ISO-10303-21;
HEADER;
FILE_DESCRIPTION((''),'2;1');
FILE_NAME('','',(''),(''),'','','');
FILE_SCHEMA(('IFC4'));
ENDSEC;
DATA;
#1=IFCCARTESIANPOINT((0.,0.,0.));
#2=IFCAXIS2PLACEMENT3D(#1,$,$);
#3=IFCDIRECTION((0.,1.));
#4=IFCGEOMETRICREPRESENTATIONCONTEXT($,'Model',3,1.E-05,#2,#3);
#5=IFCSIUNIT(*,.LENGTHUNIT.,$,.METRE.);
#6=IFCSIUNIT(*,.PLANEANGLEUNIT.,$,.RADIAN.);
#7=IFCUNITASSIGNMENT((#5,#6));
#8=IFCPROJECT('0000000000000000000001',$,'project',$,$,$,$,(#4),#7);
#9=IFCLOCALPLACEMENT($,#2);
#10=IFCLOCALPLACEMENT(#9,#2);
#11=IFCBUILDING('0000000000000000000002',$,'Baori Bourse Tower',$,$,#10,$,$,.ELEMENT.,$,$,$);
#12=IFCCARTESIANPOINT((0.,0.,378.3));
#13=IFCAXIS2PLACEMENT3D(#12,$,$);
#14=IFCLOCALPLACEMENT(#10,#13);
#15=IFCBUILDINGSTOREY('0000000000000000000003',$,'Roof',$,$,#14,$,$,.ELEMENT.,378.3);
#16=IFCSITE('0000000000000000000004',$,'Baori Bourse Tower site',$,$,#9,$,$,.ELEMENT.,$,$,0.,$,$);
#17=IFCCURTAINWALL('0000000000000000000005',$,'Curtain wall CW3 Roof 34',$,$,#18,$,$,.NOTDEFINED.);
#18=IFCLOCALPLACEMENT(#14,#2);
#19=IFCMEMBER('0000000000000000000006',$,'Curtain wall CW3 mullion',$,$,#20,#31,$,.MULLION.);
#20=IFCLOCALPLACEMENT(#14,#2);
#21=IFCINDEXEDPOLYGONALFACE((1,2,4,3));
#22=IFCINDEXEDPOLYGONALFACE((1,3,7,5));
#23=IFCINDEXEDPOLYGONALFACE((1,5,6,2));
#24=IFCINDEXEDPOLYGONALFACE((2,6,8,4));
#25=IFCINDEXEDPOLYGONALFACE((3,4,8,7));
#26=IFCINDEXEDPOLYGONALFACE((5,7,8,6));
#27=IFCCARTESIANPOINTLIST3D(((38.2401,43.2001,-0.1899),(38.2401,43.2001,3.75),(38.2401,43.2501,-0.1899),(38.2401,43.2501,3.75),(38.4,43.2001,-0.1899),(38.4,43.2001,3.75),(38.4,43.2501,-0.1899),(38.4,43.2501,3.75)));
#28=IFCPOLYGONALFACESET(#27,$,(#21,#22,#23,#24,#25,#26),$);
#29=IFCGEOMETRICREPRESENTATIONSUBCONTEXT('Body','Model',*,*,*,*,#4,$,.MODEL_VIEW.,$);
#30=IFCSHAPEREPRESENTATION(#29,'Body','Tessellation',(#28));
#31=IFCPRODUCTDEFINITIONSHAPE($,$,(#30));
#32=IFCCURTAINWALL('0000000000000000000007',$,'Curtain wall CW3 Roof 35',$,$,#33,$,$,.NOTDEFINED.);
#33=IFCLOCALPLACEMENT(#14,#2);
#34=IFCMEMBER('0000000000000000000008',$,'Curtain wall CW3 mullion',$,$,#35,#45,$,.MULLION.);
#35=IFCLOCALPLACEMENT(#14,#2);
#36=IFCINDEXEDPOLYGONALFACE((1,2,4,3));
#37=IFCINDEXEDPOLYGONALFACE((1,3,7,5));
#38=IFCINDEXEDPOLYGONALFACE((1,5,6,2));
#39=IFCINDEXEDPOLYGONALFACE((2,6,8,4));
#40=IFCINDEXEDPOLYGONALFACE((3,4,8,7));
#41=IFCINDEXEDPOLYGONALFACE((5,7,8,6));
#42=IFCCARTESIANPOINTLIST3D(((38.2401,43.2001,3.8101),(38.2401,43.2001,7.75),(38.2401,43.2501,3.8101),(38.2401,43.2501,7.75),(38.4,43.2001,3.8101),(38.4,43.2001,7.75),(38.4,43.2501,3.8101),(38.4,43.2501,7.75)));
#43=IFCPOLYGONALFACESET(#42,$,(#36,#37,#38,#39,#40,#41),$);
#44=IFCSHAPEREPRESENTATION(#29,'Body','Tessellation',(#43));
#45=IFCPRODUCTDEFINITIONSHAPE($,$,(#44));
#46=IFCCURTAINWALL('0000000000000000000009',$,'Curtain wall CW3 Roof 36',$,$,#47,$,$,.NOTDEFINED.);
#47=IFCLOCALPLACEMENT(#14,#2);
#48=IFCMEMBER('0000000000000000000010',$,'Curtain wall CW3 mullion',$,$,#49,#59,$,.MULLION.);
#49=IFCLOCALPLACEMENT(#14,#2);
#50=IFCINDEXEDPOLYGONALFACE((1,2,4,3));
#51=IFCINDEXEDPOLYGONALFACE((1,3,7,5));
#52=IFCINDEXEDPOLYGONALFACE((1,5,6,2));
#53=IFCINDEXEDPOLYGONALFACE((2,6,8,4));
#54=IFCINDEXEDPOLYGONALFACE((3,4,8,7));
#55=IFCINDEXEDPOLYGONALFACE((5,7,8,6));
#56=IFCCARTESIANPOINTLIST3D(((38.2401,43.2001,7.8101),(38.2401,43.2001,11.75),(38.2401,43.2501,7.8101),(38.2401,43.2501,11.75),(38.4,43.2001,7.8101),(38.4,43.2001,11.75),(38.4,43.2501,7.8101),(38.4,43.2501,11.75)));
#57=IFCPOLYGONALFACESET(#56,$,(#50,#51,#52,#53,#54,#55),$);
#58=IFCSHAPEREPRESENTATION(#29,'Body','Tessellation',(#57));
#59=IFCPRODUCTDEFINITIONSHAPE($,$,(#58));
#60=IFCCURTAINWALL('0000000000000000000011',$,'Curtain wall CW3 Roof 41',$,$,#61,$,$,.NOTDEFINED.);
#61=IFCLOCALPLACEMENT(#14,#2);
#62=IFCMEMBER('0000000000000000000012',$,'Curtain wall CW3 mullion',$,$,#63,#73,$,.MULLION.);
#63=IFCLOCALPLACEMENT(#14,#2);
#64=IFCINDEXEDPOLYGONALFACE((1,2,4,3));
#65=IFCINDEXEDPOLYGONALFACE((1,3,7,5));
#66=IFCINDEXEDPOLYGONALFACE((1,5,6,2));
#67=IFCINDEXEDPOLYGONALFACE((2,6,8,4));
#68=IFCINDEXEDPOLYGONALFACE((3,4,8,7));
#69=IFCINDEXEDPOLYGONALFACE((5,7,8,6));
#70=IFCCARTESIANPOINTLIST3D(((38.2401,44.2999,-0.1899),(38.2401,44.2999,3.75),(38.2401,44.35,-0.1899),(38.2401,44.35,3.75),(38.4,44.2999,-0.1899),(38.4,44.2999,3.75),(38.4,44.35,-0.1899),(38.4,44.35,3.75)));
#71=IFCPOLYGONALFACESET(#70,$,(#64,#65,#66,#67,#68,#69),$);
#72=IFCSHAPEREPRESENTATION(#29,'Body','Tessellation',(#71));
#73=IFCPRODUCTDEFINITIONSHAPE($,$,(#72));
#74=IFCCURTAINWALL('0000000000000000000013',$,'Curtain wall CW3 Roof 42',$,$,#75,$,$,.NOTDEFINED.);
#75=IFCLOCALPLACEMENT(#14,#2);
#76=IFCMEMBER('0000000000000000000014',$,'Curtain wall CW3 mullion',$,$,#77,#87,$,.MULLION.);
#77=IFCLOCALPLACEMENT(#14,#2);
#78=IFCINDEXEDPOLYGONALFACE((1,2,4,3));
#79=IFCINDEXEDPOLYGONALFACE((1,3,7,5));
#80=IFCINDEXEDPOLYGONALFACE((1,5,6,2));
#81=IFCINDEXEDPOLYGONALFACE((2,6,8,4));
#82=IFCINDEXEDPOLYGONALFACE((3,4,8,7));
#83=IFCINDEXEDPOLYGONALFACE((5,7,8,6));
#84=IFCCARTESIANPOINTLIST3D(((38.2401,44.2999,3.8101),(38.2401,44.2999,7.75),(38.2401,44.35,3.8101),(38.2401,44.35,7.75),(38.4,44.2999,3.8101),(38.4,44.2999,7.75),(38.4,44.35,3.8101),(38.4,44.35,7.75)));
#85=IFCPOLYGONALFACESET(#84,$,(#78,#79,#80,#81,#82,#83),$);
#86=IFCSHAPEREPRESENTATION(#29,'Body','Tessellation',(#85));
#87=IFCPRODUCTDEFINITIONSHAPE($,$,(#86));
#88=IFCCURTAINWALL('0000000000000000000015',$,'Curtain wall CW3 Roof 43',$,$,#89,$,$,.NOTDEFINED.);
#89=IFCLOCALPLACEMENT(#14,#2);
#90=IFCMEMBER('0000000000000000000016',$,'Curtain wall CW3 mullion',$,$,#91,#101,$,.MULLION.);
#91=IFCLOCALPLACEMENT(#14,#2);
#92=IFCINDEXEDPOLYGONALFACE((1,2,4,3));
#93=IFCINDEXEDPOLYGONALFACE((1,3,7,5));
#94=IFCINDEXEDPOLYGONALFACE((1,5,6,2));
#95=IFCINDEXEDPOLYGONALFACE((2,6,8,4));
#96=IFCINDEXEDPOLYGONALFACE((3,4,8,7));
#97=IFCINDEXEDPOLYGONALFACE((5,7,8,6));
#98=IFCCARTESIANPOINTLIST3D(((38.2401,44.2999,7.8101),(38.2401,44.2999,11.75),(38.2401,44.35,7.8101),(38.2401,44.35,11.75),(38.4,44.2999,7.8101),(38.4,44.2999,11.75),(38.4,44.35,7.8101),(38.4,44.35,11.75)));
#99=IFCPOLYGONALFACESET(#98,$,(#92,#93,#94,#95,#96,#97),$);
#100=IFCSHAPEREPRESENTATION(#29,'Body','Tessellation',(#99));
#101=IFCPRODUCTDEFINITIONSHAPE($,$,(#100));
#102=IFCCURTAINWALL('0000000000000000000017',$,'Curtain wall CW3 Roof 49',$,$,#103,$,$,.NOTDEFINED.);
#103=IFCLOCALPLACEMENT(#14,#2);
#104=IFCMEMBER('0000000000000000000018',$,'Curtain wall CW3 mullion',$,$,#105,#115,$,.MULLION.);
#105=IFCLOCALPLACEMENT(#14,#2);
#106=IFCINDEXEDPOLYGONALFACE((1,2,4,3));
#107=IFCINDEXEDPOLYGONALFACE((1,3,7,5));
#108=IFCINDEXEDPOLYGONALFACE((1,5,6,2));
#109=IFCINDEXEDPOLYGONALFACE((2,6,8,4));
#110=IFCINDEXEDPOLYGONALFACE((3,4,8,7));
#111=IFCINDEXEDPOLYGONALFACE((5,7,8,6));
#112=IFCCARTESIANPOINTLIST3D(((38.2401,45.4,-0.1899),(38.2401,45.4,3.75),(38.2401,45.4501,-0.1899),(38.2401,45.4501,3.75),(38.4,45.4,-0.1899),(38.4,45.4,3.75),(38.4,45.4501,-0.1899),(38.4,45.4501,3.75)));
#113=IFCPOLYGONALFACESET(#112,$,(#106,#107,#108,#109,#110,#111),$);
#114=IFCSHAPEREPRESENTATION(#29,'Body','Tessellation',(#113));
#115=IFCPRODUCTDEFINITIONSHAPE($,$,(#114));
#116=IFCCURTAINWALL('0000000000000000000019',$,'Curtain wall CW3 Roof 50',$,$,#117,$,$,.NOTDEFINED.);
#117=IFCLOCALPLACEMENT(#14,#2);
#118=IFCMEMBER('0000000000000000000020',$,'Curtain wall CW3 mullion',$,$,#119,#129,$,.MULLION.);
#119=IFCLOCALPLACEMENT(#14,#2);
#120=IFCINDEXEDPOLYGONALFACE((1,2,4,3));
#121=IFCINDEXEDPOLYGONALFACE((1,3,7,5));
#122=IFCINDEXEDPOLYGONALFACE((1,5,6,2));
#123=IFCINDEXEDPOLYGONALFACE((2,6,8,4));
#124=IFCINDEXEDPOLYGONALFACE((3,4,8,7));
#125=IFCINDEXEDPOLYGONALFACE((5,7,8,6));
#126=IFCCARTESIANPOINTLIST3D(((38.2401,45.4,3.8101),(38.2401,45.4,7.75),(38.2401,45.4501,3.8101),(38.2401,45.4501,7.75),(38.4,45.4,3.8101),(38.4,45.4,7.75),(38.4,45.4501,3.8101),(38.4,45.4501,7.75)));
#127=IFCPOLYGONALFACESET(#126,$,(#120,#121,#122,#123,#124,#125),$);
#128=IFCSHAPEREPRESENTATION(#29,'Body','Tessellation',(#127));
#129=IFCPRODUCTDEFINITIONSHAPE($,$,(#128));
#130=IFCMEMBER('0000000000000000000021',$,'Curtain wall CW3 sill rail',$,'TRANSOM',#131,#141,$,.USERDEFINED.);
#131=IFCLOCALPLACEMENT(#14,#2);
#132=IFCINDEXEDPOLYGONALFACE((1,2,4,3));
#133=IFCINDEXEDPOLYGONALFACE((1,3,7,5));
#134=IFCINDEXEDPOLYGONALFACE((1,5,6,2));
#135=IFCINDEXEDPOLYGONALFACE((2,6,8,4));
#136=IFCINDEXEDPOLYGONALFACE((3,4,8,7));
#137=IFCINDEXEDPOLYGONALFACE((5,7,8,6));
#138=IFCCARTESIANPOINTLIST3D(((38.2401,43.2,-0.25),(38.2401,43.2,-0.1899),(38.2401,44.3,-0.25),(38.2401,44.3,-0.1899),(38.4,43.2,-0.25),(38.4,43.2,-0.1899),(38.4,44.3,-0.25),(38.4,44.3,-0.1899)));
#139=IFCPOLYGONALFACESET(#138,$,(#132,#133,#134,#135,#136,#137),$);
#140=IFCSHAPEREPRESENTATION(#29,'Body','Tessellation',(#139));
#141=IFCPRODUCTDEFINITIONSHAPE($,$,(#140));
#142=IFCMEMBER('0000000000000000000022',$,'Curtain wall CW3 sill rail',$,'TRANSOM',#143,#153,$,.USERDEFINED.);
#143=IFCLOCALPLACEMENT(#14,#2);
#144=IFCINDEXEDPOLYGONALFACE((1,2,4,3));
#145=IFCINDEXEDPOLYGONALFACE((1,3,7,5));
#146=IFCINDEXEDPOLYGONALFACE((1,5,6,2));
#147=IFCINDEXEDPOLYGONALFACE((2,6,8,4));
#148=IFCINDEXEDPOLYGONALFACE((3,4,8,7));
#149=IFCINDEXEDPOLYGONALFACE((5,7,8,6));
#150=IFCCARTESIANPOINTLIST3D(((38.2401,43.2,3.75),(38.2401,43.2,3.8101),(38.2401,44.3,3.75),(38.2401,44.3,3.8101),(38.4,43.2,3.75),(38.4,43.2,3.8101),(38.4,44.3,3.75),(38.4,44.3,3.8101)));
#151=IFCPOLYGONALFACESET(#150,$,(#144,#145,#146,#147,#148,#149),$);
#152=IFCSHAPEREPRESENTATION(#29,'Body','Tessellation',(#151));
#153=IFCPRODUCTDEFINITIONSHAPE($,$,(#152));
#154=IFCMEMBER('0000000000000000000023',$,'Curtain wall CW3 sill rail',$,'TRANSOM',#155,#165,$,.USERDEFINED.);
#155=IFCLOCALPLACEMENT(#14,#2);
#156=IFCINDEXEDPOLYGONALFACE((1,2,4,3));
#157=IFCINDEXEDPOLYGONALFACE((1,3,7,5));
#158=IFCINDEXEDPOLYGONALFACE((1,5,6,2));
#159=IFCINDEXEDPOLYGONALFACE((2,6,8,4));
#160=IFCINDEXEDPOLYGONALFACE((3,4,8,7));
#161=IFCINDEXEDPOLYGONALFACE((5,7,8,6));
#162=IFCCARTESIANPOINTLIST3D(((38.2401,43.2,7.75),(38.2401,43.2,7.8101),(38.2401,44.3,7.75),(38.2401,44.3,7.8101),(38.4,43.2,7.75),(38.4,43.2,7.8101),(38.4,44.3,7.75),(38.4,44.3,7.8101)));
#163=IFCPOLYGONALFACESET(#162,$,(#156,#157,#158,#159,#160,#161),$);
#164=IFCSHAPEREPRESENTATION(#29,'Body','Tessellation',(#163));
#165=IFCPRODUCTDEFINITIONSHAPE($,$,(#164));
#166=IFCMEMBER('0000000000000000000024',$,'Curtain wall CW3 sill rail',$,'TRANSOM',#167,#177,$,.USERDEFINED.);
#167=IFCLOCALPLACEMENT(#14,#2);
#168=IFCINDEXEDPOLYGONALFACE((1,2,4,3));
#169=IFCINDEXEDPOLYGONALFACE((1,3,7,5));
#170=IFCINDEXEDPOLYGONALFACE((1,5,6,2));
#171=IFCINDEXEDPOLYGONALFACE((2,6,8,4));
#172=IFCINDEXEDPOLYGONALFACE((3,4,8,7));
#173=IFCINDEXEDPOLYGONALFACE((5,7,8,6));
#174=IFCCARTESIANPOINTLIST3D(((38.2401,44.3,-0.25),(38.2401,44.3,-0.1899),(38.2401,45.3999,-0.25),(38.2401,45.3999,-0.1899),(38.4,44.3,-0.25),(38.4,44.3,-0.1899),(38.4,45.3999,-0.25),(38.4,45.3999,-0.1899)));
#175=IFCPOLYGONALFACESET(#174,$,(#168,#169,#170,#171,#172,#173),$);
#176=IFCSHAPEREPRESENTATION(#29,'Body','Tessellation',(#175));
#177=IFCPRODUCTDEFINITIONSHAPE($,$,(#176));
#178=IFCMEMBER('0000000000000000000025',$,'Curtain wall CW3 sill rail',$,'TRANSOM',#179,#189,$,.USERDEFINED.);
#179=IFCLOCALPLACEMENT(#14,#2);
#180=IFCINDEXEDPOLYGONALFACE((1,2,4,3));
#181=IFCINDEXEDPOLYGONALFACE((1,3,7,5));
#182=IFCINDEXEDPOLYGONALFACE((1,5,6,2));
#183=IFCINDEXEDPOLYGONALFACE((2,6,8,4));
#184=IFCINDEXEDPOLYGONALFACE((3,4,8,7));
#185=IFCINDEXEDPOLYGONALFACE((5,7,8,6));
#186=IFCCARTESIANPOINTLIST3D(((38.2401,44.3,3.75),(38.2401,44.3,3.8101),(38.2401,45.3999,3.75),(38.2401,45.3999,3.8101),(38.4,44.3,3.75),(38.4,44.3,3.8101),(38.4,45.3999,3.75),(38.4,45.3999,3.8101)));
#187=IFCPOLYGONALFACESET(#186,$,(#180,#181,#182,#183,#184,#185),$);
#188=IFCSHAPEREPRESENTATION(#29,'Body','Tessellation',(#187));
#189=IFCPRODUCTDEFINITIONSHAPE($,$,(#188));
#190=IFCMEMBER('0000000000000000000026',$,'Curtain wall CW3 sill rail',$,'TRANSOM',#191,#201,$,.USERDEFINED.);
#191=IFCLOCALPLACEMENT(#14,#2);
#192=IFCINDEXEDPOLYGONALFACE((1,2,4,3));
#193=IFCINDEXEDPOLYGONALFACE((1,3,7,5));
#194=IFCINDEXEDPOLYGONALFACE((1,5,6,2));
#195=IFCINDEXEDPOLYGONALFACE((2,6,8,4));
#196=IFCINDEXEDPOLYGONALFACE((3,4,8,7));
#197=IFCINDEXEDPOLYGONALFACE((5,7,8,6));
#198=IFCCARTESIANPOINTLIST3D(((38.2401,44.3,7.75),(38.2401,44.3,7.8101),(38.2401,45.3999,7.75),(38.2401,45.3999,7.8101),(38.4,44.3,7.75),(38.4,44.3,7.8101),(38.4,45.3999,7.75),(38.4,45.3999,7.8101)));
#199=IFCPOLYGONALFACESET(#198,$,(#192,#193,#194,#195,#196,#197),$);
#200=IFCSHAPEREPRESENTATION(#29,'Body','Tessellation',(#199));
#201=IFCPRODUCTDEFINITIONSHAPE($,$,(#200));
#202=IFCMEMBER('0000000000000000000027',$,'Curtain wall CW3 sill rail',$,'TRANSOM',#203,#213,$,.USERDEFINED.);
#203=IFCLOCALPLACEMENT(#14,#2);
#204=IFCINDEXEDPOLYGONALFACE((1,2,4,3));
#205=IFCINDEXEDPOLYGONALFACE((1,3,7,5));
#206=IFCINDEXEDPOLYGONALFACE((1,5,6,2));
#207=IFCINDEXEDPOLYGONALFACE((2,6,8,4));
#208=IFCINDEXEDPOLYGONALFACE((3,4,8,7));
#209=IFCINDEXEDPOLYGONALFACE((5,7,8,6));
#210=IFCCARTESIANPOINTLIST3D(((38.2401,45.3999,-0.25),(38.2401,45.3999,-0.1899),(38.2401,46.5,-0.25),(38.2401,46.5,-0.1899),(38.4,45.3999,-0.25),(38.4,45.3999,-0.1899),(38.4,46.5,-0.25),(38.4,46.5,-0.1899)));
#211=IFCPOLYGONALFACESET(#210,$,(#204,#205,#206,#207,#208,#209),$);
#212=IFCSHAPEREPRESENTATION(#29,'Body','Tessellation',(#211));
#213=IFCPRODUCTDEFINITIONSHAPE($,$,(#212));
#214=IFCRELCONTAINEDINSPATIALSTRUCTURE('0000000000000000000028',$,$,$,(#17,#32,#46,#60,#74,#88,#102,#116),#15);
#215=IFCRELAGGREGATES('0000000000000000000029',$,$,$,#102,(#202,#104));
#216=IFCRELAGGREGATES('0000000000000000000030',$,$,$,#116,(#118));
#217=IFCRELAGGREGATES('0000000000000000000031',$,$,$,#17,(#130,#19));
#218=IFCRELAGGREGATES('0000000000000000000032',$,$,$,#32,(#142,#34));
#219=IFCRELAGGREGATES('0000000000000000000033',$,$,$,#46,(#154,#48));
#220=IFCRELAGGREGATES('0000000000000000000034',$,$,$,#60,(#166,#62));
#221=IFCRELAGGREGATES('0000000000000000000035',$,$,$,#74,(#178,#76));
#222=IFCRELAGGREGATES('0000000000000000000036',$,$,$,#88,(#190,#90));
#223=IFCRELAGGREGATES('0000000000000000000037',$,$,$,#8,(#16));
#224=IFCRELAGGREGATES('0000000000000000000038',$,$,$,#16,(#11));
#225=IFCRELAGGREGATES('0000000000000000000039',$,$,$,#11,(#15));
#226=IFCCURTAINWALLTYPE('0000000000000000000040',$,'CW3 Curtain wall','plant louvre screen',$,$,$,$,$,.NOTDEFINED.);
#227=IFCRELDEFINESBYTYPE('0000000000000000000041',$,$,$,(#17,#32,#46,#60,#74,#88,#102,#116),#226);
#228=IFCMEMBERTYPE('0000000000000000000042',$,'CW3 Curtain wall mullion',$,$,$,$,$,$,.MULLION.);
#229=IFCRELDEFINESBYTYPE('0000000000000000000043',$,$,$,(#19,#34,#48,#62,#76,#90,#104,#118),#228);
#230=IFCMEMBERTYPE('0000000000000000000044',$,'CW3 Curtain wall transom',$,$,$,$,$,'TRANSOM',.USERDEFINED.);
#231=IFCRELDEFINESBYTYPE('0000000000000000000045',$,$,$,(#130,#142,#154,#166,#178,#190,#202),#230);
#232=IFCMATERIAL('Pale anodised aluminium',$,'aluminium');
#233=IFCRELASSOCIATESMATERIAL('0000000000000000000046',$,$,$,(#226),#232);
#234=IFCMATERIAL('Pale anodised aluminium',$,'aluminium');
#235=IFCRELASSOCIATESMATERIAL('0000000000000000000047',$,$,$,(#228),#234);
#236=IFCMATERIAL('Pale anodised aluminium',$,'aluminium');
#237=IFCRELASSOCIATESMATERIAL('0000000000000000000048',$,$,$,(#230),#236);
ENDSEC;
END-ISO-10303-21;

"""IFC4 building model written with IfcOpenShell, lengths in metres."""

from ifc_helpers import new_model, si_unit, direction, frame, origin, origin_2d, place, context, subcontext, project, spatial, rectangle, extrude, material, material_profile, profile_set, type_object, element, aggregate, save


model = new_model("IFC4")

# Units and contexts
model_context = context("Model", 3, precision=1e-05, world=origin(), true_north=direction((0.0, 1.0)))
body_context = subcontext(model_context, "Body", "Model", "MODEL_VIEW")
ifc_project = project(units=[si_unit("LENGTHUNIT", "METRE"), si_unit("PLANEANGLEUNIT", "RADIAN")], contexts=[model_context])

# Site, building, storey
site_placement = place(None, origin())
site = spatial("IfcSite", under=ifc_project, at=site_placement, Name="Baori Bourse Tower site", CompositionType="ELEMENT", RefElevation=0.0)
building_placement = place(site_placement, origin())
building = spatial("IfcBuilding", under=site, at=building_placement, Name="Baori Bourse Tower", CompositionType="ELEMENT")
storey_placement = place(building_placement, frame((0.0, 0.0, 378.3)))
storey = spatial("IfcBuildingStorey", under=building, at=storey_placement, Name="Roof", CompositionType="ELEMENT", Elevation=378.3)

# Curtain walls, members
ifc_material_1 = material(Name="Pale anodised aluminium", Category="aluminium")
curtain_wall_type_1 = type_object("IfcCurtainWallType", Name="CW3 Curtain wall", Description="plant louvre screen", PredefinedType="NOTDEFINED", material=ifc_material_1)
curtain_wall_1_placement = place(storey_placement, origin())
curtain_wall_1 = element("IfcCurtainWall", 1, at=curtain_wall_1_placement, inside=storey, type_object=curtain_wall_type_1, Name="Curtain wall CW3 Roof 34", PredefinedType="NOTDEFINED")
ifc_material_2 = material(Name="Pale anodised aluminium", Category="aluminium")
ifc_material_profile_1 = material_profile(ifc_material_2, rectangle(XDim=0.1599, YDim=0.05, at=origin_2d()), Name="Mullion 50x160")
ifc_profile_set_1 = profile_set([ifc_material_profile_1], Name="Pale anodised aluminium")
member_type_1 = type_object("IfcMemberType", Name="CW3 Curtain wall mullion", PredefinedType="MULLION", material=ifc_profile_set_1)
member_1_placement = place(storey_placement, frame((38.3201, 43.2251, -0.1899), z_axis=(0.0, 0.0, 1.0), x_axis=(-1.0, 0.0, 0.0)))
member_1 = element("IfcMember", 2, at=member_1_placement, type_object=member_type_1, Name="Curtain wall CW3 mullion", PredefinedType="MULLION", context=body_context, shape_type="SweptSolid", body=[
    extrude(rectangle(XDim=0.1599, YDim=0.05, at=origin_2d()), origin(), (0.0, 0.0, 1.0), 3.9399),
])
curtain_wall_2_placement = place(storey_placement, origin())
curtain_wall_2 = element("IfcCurtainWall", 3, at=curtain_wall_2_placement, inside=storey, type_object=curtain_wall_type_1, Name="Curtain wall CW3 Roof 35", PredefinedType="NOTDEFINED")
member_2_placement = place(storey_placement, frame((38.3201, 43.2251, 3.8101), z_axis=(0.0, 0.0, 1.0), x_axis=(-1.0, 0.0, 0.0)))
member_2 = element("IfcMember", 4, at=member_2_placement, type_object=member_type_1, Name="Curtain wall CW3 mullion", PredefinedType="MULLION", context=body_context, shape_type="SweptSolid", body=[
    extrude(rectangle(XDim=0.1599, YDim=0.05, at=origin_2d()), origin(), (0.0, 0.0, 1.0), 3.9399),
])
curtain_wall_3_placement = place(storey_placement, origin())
curtain_wall_3 = element("IfcCurtainWall", 5, at=curtain_wall_3_placement, inside=storey, type_object=curtain_wall_type_1, Name="Curtain wall CW3 Roof 36", PredefinedType="NOTDEFINED")
member_3_placement = place(storey_placement, frame((38.3201, 43.2251, 7.8101), z_axis=(0.0, 0.0, 1.0), x_axis=(-1.0, 0.0, 0.0)))
member_3 = element("IfcMember", 6, at=member_3_placement, type_object=member_type_1, Name="Curtain wall CW3 mullion", PredefinedType="MULLION", context=body_context, shape_type="SweptSolid", body=[
    extrude(rectangle(XDim=0.1599, YDim=0.05, at=origin_2d()), origin(), (0.0, 0.0, 1.0), 3.9399),
])
curtain_wall_4_placement = place(storey_placement, origin())
curtain_wall_4 = element("IfcCurtainWall", 7, at=curtain_wall_4_placement, inside=storey, type_object=curtain_wall_type_1, Name="Curtain wall CW3 Roof 41", PredefinedType="NOTDEFINED")
member_4_placement = place(storey_placement, frame((38.3201, 44.325, -0.1899), z_axis=(0.0, 0.0, 1.0), x_axis=(-1.0, 0.0, 0.0)))
member_4 = element("IfcMember", 8, at=member_4_placement, type_object=member_type_1, Name="Curtain wall CW3 mullion", PredefinedType="MULLION", context=body_context, shape_type="SweptSolid", body=[
    extrude(rectangle(XDim=0.1599, YDim=0.05, at=origin_2d()), origin(), (0.0, 0.0, 1.0), 3.9399),
])
curtain_wall_5_placement = place(storey_placement, origin())
curtain_wall_5 = element("IfcCurtainWall", 9, at=curtain_wall_5_placement, inside=storey, type_object=curtain_wall_type_1, Name="Curtain wall CW3 Roof 42", PredefinedType="NOTDEFINED")
member_5_placement = place(storey_placement, frame((38.3201, 44.325, 3.8101), z_axis=(0.0, 0.0, 1.0), x_axis=(-1.0, 0.0, 0.0)))
member_5 = element("IfcMember", 10, at=member_5_placement, type_object=member_type_1, Name="Curtain wall CW3 mullion", PredefinedType="MULLION", context=body_context, shape_type="SweptSolid", body=[
    extrude(rectangle(XDim=0.1599, YDim=0.05, at=origin_2d()), origin(), (0.0, 0.0, 1.0), 3.9399),
])
curtain_wall_6_placement = place(storey_placement, origin())
curtain_wall_6 = element("IfcCurtainWall", 11, at=curtain_wall_6_placement, inside=storey, type_object=curtain_wall_type_1, Name="Curtain wall CW3 Roof 43", PredefinedType="NOTDEFINED")
member_6_placement = place(storey_placement, frame((38.3201, 44.325, 7.8101), z_axis=(0.0, 0.0, 1.0), x_axis=(-1.0, 0.0, 0.0)))
member_6 = element("IfcMember", 12, at=member_6_placement, type_object=member_type_1, Name="Curtain wall CW3 mullion", PredefinedType="MULLION", context=body_context, shape_type="SweptSolid", body=[
    extrude(rectangle(XDim=0.1599, YDim=0.05, at=origin_2d()), origin(), (0.0, 0.0, 1.0), 3.9399),
])
curtain_wall_7_placement = place(storey_placement, origin())
curtain_wall_7 = element("IfcCurtainWall", 13, at=curtain_wall_7_placement, inside=storey, type_object=curtain_wall_type_1, Name="Curtain wall CW3 Roof 49", PredefinedType="NOTDEFINED")
member_7_placement = place(storey_placement, frame((38.3201, 45.425, -0.1899), z_axis=(0.0, 0.0, 1.0), x_axis=(-1.0, 0.0, 0.0)))
member_7 = element("IfcMember", 14, at=member_7_placement, type_object=member_type_1, Name="Curtain wall CW3 mullion", PredefinedType="MULLION", context=body_context, shape_type="SweptSolid", body=[
    extrude(rectangle(XDim=0.1599, YDim=0.05, at=origin_2d()), origin(), (0.0, 0.0, 1.0), 3.9399),
])
curtain_wall_8_placement = place(storey_placement, origin())
curtain_wall_8 = element("IfcCurtainWall", 15, at=curtain_wall_8_placement, inside=storey, type_object=curtain_wall_type_1, Name="Curtain wall CW3 Roof 50", PredefinedType="NOTDEFINED")
member_8_placement = place(storey_placement, frame((38.3201, 45.425, 3.8101), z_axis=(0.0, 0.0, 1.0), x_axis=(-1.0, 0.0, 0.0)))
member_8 = element("IfcMember", 16, at=member_8_placement, type_object=member_type_1, Name="Curtain wall CW3 mullion", PredefinedType="MULLION", context=body_context, shape_type="SweptSolid", body=[
    extrude(rectangle(XDim=0.1599, YDim=0.05, at=origin_2d()), origin(), (0.0, 0.0, 1.0), 3.9399),
])

# Members
ifc_material_3 = material(Name="Pale anodised aluminium", Category="aluminium")
ifc_material_profile_2 = material_profile(ifc_material_3, rectangle(XDim=0.1599, YDim=0.0601, at=origin_2d()), Name="Transom 60x160")
ifc_profile_set_2 = profile_set([ifc_material_profile_2], Name="Pale anodised aluminium")
member_type_2 = type_object("IfcMemberType", Name="CW3 Curtain wall transom", ElementType="TRANSOM", PredefinedType="USERDEFINED", material=ifc_profile_set_2)
member_9_placement = place(storey_placement, frame((38.3201, 43.2, -0.22), z_axis=(0.0, 1.0, 0.0), x_axis=(-1.0, 0.0, 0.0)))
member_9 = element("IfcMember", 17, at=member_9_placement, type_object=member_type_2, Name="Curtain wall CW3 sill rail", ObjectType="TRANSOM", PredefinedType="USERDEFINED", context=body_context, shape_type="SweptSolid", body=[
    extrude(rectangle(XDim=0.1599, YDim=0.0601, at=origin_2d()), origin(), (0.0, 0.0, 1.0), 1.1001),
])
member_10_placement = place(storey_placement, frame((38.3201, 43.2, 3.78), z_axis=(0.0, 1.0, 0.0), x_axis=(-1.0, 0.0, 0.0)))
member_10 = element("IfcMember", 18, at=member_10_placement, type_object=member_type_2, Name="Curtain wall CW3 sill rail", ObjectType="TRANSOM", PredefinedType="USERDEFINED", context=body_context, shape_type="SweptSolid", body=[
    extrude(rectangle(XDim=0.1599, YDim=0.0601, at=origin_2d()), origin(), (0.0, 0.0, 1.0), 1.1001),
])
member_11_placement = place(storey_placement, frame((38.3201, 43.2, 7.78), z_axis=(0.0, 1.0, 0.0), x_axis=(-1.0, 0.0, 0.0)))
member_11 = element("IfcMember", 19, at=member_11_placement, type_object=member_type_2, Name="Curtain wall CW3 sill rail", ObjectType="TRANSOM", PredefinedType="USERDEFINED", context=body_context, shape_type="SweptSolid", body=[
    extrude(rectangle(XDim=0.1599, YDim=0.0601, at=origin_2d()), origin(), (0.0, 0.0, 1.0), 1.1001),
])
member_12_placement = place(storey_placement, frame((38.3201, 44.3, -0.22), z_axis=(0.0, 1.0, 0.0), x_axis=(-1.0, 0.0, 0.0)))
member_12 = element("IfcMember", 20, at=member_12_placement, type_object=member_type_2, Name="Curtain wall CW3 sill rail", ObjectType="TRANSOM", PredefinedType="USERDEFINED", context=body_context, shape_type="SweptSolid", body=[
    extrude(rectangle(XDim=0.1599, YDim=0.0601, at=origin_2d()), origin(), (0.0, 0.0, 1.0), 1.0999),
])
member_13_placement = place(storey_placement, frame((38.3201, 44.3, 3.78), z_axis=(0.0, 1.0, 0.0), x_axis=(-1.0, 0.0, 0.0)))
member_13 = element("IfcMember", 21, at=member_13_placement, type_object=member_type_2, Name="Curtain wall CW3 sill rail", ObjectType="TRANSOM", PredefinedType="USERDEFINED", context=body_context, shape_type="SweptSolid", body=[
    extrude(rectangle(XDim=0.1599, YDim=0.0601, at=origin_2d()), origin(), (0.0, 0.0, 1.0), 1.0999),
])
member_14_placement = place(storey_placement, frame((38.3201, 44.3, 7.78), z_axis=(0.0, 1.0, 0.0), x_axis=(-1.0, 0.0, 0.0)))
member_14 = element("IfcMember", 22, at=member_14_placement, type_object=member_type_2, Name="Curtain wall CW3 sill rail", ObjectType="TRANSOM", PredefinedType="USERDEFINED", context=body_context, shape_type="SweptSolid", body=[
    extrude(rectangle(XDim=0.1599, YDim=0.0601, at=origin_2d()), origin(), (0.0, 0.0, 1.0), 1.0999),
])
member_15_placement = place(storey_placement, frame((38.3201, 45.3999, -0.22), z_axis=(0.0, 1.0, 0.0), x_axis=(-1.0, 0.0, 0.0)))
member_15 = element("IfcMember", 23, at=member_15_placement, type_object=member_type_2, Name="Curtain wall CW3 sill rail", ObjectType="TRANSOM", PredefinedType="USERDEFINED", context=body_context, shape_type="SweptSolid", body=[
    extrude(rectangle(XDim=0.1599, YDim=0.0601, at=origin_2d()), origin(), (0.0, 0.0, 1.0), 1.1001),
])
aggregate(curtain_wall_7, [member_15, member_7])
aggregate(curtain_wall_8, [member_8])

aggregate(curtain_wall_1, [member_9, member_1])
aggregate(curtain_wall_2, [member_10, member_2])
aggregate(curtain_wall_3, [member_11, member_3])
aggregate(curtain_wall_4, [member_12, member_4])
aggregate(curtain_wall_5, [member_13, member_5])
aggregate(curtain_wall_6, [member_14, member_6])

save(model, "model.ifc")
